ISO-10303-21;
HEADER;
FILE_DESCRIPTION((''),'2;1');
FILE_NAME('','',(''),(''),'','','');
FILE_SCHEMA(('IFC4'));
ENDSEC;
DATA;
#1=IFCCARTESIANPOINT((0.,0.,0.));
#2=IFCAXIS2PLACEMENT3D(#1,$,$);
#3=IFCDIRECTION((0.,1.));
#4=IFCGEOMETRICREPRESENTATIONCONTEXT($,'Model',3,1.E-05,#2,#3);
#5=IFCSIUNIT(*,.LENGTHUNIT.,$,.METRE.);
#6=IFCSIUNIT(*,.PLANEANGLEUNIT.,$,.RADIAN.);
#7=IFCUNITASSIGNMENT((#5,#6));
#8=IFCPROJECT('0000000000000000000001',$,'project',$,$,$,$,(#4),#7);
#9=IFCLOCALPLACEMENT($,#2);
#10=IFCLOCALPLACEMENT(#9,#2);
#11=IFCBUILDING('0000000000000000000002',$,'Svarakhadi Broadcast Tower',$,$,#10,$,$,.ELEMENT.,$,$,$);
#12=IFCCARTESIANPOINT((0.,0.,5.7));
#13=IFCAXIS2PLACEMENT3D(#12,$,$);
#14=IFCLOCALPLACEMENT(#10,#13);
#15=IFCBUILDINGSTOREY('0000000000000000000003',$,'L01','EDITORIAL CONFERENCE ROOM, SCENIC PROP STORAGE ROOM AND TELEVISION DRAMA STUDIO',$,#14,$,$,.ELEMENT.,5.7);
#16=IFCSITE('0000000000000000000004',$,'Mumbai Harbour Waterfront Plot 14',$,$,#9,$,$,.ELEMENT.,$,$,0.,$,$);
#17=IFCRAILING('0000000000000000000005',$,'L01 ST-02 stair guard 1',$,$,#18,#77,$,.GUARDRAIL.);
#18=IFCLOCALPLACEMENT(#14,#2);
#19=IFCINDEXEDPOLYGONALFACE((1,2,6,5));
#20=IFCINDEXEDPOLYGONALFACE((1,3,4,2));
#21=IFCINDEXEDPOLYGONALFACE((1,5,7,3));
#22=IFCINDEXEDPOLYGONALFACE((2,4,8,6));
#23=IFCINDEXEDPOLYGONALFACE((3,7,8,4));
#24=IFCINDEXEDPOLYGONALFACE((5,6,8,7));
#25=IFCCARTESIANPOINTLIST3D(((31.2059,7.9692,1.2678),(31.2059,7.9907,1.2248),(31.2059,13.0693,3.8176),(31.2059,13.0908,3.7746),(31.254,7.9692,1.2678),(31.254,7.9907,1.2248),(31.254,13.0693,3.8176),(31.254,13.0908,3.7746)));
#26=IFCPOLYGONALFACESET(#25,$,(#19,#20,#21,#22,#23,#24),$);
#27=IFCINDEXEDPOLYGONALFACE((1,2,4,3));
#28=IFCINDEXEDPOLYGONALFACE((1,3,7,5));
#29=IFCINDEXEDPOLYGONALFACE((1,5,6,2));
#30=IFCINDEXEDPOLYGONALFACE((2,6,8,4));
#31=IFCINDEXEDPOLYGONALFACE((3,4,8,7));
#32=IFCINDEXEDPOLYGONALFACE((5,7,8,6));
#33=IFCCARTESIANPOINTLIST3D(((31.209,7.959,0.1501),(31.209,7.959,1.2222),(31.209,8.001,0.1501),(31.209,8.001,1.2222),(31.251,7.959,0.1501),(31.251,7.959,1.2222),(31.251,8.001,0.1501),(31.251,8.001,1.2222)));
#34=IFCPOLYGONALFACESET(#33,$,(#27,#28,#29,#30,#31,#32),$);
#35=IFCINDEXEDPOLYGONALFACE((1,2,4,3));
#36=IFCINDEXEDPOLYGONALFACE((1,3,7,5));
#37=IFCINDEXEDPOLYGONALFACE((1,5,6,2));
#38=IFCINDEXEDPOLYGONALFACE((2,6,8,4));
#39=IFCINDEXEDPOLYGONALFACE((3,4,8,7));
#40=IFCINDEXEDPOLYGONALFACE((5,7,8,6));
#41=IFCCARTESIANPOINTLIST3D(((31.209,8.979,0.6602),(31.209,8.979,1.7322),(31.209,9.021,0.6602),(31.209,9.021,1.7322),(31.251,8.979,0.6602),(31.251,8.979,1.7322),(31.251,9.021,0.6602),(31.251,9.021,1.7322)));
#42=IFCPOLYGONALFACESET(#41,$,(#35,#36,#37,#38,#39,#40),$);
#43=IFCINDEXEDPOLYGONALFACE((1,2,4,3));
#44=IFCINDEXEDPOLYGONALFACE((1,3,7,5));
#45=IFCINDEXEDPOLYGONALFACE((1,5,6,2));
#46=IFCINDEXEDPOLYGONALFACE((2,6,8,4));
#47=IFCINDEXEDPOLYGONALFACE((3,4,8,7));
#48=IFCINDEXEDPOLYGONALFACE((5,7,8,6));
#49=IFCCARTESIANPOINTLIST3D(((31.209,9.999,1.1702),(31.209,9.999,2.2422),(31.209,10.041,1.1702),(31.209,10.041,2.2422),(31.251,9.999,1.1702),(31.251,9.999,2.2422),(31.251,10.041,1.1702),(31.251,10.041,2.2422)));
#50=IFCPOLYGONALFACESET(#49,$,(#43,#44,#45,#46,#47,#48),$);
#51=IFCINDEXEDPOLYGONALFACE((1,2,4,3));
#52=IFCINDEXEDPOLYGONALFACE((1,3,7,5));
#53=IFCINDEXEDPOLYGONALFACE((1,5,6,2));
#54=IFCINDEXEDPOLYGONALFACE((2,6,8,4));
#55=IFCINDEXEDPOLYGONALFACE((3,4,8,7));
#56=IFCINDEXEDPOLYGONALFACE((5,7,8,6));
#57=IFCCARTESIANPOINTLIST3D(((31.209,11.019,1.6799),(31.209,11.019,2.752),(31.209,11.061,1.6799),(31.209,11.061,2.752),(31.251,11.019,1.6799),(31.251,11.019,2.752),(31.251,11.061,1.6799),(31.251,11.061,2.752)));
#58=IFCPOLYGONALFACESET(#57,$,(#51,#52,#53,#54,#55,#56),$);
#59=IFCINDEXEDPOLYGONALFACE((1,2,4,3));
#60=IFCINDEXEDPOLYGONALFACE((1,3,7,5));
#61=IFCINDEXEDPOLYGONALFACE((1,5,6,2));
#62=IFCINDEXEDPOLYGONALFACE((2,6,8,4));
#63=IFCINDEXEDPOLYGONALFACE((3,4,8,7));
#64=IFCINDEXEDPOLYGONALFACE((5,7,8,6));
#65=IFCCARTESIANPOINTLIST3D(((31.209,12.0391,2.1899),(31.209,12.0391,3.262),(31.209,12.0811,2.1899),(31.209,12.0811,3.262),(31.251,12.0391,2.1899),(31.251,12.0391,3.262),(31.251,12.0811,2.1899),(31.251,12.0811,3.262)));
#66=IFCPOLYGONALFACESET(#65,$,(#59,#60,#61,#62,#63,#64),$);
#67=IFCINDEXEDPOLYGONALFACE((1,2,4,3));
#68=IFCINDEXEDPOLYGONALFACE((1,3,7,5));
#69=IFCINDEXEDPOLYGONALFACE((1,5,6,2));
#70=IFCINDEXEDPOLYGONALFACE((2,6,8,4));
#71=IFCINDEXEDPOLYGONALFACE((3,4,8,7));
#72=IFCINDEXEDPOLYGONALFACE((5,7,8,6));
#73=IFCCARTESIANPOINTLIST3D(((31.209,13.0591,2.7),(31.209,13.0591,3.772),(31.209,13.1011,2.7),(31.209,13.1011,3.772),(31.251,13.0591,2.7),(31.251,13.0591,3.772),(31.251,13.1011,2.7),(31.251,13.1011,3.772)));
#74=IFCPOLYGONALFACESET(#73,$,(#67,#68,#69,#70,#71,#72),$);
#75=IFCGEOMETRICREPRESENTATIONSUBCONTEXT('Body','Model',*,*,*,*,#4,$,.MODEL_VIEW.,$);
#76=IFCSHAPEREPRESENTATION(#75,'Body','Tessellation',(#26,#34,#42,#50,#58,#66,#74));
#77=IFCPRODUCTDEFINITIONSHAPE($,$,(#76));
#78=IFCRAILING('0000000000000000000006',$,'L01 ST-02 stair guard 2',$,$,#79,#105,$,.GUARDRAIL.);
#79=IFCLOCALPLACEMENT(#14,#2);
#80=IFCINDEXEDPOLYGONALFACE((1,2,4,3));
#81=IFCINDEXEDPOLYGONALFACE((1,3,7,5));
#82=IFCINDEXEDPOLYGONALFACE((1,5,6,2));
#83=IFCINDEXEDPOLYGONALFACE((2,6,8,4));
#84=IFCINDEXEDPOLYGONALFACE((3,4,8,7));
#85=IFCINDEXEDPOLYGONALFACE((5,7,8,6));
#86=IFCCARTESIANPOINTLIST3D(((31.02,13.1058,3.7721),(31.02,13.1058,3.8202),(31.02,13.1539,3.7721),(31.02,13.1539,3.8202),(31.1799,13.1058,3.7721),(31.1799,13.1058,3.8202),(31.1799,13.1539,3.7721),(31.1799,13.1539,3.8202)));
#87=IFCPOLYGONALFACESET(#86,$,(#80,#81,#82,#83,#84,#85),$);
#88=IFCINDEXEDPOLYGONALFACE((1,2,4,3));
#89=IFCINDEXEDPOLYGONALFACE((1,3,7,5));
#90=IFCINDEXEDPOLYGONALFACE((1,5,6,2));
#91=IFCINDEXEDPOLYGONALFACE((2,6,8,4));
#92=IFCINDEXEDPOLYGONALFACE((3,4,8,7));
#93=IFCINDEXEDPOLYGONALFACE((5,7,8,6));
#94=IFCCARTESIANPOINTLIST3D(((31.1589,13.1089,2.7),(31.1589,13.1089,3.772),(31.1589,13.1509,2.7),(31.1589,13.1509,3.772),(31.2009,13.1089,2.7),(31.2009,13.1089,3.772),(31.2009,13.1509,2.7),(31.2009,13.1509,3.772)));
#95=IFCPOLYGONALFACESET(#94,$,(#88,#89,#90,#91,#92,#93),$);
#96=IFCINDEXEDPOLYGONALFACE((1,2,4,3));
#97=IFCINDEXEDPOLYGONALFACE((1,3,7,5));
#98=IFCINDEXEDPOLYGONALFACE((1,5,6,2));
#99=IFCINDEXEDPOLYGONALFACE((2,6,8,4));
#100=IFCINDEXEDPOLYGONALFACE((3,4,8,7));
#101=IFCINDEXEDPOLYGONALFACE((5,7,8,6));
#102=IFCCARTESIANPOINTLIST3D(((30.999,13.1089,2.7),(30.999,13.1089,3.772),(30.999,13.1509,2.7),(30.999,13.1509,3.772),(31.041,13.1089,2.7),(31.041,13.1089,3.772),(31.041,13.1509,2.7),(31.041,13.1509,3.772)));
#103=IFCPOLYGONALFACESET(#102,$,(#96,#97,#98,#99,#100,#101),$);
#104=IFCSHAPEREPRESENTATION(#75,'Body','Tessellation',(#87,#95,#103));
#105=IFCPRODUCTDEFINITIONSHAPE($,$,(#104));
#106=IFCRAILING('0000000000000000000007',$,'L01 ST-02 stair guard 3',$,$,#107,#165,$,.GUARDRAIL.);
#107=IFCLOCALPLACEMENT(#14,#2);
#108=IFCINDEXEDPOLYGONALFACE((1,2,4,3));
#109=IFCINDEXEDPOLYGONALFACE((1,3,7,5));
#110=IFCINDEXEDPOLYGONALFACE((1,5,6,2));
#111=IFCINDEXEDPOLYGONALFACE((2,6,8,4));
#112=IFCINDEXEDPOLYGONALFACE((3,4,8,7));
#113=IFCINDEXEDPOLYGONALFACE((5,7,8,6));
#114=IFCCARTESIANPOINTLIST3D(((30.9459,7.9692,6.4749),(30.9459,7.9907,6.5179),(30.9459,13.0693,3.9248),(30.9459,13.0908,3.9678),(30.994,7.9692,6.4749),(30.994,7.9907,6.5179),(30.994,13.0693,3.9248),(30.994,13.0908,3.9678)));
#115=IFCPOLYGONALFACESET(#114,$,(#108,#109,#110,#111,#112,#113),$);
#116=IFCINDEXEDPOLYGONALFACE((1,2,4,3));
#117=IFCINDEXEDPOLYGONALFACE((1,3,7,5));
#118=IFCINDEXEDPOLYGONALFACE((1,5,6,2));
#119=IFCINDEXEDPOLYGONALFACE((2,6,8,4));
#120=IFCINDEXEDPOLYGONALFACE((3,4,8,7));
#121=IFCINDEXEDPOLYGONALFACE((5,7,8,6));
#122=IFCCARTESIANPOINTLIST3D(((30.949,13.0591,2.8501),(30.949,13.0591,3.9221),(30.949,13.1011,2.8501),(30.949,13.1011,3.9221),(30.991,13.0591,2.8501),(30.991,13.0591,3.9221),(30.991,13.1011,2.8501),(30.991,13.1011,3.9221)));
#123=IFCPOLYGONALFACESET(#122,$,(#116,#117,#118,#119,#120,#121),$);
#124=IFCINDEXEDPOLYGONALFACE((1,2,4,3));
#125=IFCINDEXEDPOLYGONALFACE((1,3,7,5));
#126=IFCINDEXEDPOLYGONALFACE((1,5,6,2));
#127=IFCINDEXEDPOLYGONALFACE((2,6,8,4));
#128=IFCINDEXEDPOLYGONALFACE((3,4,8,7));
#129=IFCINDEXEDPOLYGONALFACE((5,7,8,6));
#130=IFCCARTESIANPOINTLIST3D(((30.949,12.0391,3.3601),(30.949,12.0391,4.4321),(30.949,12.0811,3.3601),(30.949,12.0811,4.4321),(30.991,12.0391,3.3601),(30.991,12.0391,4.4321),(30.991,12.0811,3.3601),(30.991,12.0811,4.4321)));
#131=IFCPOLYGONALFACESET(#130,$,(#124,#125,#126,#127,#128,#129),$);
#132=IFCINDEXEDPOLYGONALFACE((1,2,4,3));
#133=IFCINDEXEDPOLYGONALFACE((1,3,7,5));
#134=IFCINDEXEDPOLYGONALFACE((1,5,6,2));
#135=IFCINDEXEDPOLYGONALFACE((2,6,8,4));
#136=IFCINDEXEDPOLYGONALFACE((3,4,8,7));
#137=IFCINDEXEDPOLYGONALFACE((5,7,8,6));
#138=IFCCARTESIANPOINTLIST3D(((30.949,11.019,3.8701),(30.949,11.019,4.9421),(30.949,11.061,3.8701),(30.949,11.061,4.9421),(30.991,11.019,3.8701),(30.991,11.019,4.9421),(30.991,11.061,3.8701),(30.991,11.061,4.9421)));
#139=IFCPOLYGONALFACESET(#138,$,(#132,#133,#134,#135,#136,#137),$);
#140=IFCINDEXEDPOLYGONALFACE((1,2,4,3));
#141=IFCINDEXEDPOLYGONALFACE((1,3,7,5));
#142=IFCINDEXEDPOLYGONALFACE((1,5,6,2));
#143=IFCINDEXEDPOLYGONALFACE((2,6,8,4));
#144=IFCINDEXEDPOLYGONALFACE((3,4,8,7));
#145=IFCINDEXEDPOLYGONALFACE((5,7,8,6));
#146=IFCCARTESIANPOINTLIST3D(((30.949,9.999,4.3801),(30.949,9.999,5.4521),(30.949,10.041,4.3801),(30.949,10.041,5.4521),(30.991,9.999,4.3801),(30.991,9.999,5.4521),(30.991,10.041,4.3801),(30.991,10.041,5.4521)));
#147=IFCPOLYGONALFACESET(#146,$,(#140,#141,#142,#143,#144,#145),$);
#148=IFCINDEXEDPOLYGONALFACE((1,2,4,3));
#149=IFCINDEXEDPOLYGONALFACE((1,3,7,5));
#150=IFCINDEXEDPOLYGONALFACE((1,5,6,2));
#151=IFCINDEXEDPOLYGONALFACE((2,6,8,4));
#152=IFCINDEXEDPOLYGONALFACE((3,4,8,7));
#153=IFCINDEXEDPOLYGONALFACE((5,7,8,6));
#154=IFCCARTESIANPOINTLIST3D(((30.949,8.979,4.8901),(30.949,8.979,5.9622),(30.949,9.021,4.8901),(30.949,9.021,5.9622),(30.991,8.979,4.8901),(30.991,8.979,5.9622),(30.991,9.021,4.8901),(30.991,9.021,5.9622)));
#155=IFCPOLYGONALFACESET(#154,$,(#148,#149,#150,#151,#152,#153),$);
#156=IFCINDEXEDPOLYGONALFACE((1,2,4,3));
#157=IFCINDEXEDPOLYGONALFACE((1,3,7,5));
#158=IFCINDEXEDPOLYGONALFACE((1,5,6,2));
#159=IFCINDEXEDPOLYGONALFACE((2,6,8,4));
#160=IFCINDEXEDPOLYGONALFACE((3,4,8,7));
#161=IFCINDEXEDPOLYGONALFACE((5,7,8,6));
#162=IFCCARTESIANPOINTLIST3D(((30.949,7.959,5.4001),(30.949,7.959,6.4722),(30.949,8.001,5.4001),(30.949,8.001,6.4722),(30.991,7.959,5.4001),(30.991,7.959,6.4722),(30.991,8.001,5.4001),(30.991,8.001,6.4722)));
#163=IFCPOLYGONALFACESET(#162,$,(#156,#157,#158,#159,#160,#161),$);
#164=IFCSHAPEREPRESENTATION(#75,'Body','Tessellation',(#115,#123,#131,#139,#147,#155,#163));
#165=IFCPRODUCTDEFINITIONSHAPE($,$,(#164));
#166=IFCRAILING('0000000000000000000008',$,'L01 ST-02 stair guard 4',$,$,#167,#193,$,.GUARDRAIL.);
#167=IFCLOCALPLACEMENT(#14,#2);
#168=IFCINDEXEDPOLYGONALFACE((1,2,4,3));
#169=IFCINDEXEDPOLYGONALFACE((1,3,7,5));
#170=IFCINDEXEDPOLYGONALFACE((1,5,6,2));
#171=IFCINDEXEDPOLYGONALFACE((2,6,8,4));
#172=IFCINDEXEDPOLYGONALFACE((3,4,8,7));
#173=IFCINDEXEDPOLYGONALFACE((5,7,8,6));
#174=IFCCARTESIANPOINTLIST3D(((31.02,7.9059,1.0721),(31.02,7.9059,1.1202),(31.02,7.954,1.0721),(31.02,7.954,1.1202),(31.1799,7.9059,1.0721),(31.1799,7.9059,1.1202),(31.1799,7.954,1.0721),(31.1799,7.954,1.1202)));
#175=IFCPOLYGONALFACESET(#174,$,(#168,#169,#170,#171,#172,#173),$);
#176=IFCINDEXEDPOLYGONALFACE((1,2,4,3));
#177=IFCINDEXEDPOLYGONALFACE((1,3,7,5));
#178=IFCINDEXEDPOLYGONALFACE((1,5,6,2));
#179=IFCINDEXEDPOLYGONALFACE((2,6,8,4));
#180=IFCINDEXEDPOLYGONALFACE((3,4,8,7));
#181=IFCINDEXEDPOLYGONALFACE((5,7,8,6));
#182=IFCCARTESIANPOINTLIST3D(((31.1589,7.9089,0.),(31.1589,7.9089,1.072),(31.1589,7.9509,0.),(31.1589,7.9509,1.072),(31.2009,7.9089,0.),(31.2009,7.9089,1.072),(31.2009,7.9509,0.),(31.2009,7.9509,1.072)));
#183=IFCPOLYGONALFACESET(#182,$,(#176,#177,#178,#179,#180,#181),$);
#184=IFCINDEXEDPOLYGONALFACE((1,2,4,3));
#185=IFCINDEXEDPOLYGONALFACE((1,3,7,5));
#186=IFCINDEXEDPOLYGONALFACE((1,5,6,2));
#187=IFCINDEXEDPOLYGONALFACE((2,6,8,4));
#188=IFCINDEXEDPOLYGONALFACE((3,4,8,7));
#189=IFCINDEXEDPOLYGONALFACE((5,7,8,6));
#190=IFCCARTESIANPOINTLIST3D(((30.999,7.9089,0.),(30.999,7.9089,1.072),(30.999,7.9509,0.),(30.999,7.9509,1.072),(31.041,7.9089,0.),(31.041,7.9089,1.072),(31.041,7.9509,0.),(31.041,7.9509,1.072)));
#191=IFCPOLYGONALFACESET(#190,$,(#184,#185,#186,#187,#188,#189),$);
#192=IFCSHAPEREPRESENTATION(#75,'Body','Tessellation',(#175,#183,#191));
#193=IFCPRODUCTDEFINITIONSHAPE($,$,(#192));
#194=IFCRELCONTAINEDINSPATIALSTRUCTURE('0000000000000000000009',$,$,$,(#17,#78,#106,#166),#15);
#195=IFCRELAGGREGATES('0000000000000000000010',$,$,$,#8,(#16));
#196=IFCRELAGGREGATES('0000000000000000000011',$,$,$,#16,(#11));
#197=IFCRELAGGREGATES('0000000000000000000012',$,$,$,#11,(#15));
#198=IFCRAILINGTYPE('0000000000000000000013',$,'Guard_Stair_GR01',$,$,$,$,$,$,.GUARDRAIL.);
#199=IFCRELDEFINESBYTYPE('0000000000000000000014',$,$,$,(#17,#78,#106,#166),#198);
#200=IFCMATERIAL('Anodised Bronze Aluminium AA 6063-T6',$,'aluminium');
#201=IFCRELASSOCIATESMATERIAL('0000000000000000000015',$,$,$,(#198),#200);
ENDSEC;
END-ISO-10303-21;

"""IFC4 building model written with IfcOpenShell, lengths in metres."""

from ifc_helpers import new_model, si_unit, direction, frame, origin, origin_2d, place, context, subcontext, project, spatial, rectangle, extrude, material, type_object, element, save


model = new_model("IFC4")

# Units and contexts
model_context = context("Model", 3, precision=1e-05, world=origin(), true_north=direction((0.0, 1.0)))
body_context = subcontext(model_context, "Body", "Model", "MODEL_VIEW")
ifc_project = project(units=[si_unit("LENGTHUNIT", "METRE"), si_unit("PLANEANGLEUNIT", "RADIAN")], contexts=[model_context])

# Site, building, storey
site_placement = place(None, origin())
site = spatial("IfcSite", under=ifc_project, at=site_placement, Name="Mumbai Harbour Waterfront Plot 14", CompositionType="ELEMENT", RefElevation=0.0)
building_placement = place(site_placement, origin())
building = spatial("IfcBuilding", under=site, at=building_placement, Name="Svarakhadi Broadcast Tower", CompositionType="ELEMENT")
storey_placement = place(building_placement, frame((0.0, 0.0, 5.7)))
storey = spatial("IfcBuildingStorey", under=building, at=storey_placement, Name="L01", Description="EDITORIAL CONFERENCE ROOM, SCENIC PROP STORAGE ROOM AND TELEVISION DRAMA STUDIO", CompositionType="ELEMENT", Elevation=5.7)

# Railings
ifc_material_1 = material(Name="Anodised Bronze Aluminium AA 6063-T6", Category="aluminium")
railing_type_1 = type_object("IfcRailingType", Name="Guard_Stair_GR01", PredefinedType="GUARDRAIL", material=ifc_material_1)
railing_1_placement = place(storey_placement, frame((31.23, 7.98, 0.1501)))
element("IfcRailing", 1, at=railing_1_placement, inside=storey, type_object=railing_type_1, Name="L01 ST-02 stair guard 1", PredefinedType="GUARDRAIL", context=body_context, shape_type="SweptSolid", body=[
    extrude(rectangle(XDim=0.0481, YDim=0.0481, at=origin_2d()), frame((0.0, 0.0, 1.0962), z_axis=(0.0, 0.894444, 0.447179), x_axis=(-1.0, 0.0, 0.0)), (0.0, 0.0, 1.0), 5.7019),
    extrude(rectangle(XDim=0.042, YDim=0.042, at=origin_2d()), origin(), (0.0, 0.0, 1.0), 1.072),
    extrude(rectangle(XDim=0.042, YDim=0.042, at=origin_2d()), frame((0.0, 1.02, 0.51)), (0.0, 0.0, 1.0), 1.072),
    extrude(rectangle(XDim=0.042, YDim=0.042, at=origin_2d()), frame((0.0, 2.04, 1.02)), (0.0, 0.0, 1.0), 1.072),
    extrude(rectangle(XDim=0.042, YDim=0.042, at=origin_2d()), frame((0.0, 3.0601, 1.5298)), (0.0, 0.0, 1.0), 1.072),
    extrude(rectangle(XDim=0.042, YDim=0.042, at=origin_2d()), frame((0.0, 4.0801, 2.0398)), (0.0, 0.0, 1.0), 1.072),
    extrude(rectangle(XDim=0.042, YDim=0.042, at=origin_2d()), frame((0.0, 5.1001, 2.5498)), (0.0, 0.0, 1.0), 1.072),
])
railing_2_placement = place(storey_placement, frame((31.1799, 13.1299, 2.7)))
element("IfcRailing", 2, at=railing_2_placement, inside=storey, type_object=railing_type_1, Name="L01 ST-02 stair guard 2", PredefinedType="GUARDRAIL", context=body_context, shape_type="SweptSolid", body=[
    extrude(rectangle(XDim=0.0481, YDim=0.0481, at=origin_2d()), frame((0.0, 0.0, 1.0962), z_axis=(-1.0, 0.0, 0.0), x_axis=(0.0, -1.0, 0.0)), (0.0, 0.0, 1.0), 0.1599),
    extrude(rectangle(XDim=0.042, YDim=0.042, at=origin_2d()), origin(), (0.0, 0.0, 1.0), 1.072),
    extrude(rectangle(XDim=0.042, YDim=0.042, at=origin_2d()), frame((-0.1599, 0.0, 0.0)), (0.0, 0.0, 1.0), 1.072),
])
railing_3_placement = place(storey_placement, frame((30.97, 13.0801, 2.8501)))
element("IfcRailing", 3, at=railing_3_placement, inside=storey, type_object=railing_type_1, Name="L01 ST-02 stair guard 3", PredefinedType="GUARDRAIL", context=body_context, shape_type="SweptSolid", body=[
    extrude(rectangle(XDim=0.0481, YDim=0.0481, at=origin_2d()), frame((0.0, 0.0, 1.0962), z_axis=(0.0, -0.894427, 0.447214), x_axis=(1.0, 0.0, 0.0)), (0.0, 0.0, 1.0), 5.7021),
    extrude(rectangle(XDim=0.042, YDim=0.042, at=origin_2d()), origin(), (0.0, 0.0, 1.0), 1.072),
    extrude(rectangle(XDim=0.042, YDim=0.042, at=origin_2d()), frame((0.0, -1.02, 0.51)), (0.0, 0.0, 1.0), 1.072),
    extrude(rectangle(XDim=0.042, YDim=0.042, at=origin_2d()), frame((0.0, -2.04, 1.02)), (0.0, 0.0, 1.0), 1.072),
    extrude(rectangle(XDim=0.042, YDim=0.042, at=origin_2d()), frame((0.0, -3.0601, 1.53)), (0.0, 0.0, 1.0), 1.072),
    extrude(rectangle(XDim=0.042, YDim=0.042, at=origin_2d()), frame((0.0, -4.0801, 2.04)), (0.0, 0.0, 1.0), 1.072),
    extrude(rectangle(XDim=0.042, YDim=0.042, at=origin_2d()), frame((0.0, -5.1001, 2.55)), (0.0, 0.0, 1.0), 1.072),
])
railing_4_placement = place(storey_placement, frame((31.1799, 7.9299, 0.0)))
element("IfcRailing", 4, at=railing_4_placement, inside=storey, type_object=railing_type_1, Name="L01 ST-02 stair guard 4", PredefinedType="GUARDRAIL", context=body_context, shape_type="SweptSolid", body=[
    extrude(rectangle(XDim=0.0481, YDim=0.0481, at=origin_2d()), frame((0.0, 0.0, 1.0962), z_axis=(-1.0, 0.0, 0.0), x_axis=(0.0, -1.0, 0.0)), (0.0, 0.0, 1.0), 0.1599),
    extrude(rectangle(XDim=0.042, YDim=0.042, at=origin_2d()), origin(), (0.0, 0.0, 1.0), 1.072),
    extrude(rectangle(XDim=0.042, YDim=0.042, at=origin_2d()), frame((-0.1599, 0.0, 0.0)), (0.0, 0.0, 1.0), 1.072),
])

save(model, "model.ifc")
